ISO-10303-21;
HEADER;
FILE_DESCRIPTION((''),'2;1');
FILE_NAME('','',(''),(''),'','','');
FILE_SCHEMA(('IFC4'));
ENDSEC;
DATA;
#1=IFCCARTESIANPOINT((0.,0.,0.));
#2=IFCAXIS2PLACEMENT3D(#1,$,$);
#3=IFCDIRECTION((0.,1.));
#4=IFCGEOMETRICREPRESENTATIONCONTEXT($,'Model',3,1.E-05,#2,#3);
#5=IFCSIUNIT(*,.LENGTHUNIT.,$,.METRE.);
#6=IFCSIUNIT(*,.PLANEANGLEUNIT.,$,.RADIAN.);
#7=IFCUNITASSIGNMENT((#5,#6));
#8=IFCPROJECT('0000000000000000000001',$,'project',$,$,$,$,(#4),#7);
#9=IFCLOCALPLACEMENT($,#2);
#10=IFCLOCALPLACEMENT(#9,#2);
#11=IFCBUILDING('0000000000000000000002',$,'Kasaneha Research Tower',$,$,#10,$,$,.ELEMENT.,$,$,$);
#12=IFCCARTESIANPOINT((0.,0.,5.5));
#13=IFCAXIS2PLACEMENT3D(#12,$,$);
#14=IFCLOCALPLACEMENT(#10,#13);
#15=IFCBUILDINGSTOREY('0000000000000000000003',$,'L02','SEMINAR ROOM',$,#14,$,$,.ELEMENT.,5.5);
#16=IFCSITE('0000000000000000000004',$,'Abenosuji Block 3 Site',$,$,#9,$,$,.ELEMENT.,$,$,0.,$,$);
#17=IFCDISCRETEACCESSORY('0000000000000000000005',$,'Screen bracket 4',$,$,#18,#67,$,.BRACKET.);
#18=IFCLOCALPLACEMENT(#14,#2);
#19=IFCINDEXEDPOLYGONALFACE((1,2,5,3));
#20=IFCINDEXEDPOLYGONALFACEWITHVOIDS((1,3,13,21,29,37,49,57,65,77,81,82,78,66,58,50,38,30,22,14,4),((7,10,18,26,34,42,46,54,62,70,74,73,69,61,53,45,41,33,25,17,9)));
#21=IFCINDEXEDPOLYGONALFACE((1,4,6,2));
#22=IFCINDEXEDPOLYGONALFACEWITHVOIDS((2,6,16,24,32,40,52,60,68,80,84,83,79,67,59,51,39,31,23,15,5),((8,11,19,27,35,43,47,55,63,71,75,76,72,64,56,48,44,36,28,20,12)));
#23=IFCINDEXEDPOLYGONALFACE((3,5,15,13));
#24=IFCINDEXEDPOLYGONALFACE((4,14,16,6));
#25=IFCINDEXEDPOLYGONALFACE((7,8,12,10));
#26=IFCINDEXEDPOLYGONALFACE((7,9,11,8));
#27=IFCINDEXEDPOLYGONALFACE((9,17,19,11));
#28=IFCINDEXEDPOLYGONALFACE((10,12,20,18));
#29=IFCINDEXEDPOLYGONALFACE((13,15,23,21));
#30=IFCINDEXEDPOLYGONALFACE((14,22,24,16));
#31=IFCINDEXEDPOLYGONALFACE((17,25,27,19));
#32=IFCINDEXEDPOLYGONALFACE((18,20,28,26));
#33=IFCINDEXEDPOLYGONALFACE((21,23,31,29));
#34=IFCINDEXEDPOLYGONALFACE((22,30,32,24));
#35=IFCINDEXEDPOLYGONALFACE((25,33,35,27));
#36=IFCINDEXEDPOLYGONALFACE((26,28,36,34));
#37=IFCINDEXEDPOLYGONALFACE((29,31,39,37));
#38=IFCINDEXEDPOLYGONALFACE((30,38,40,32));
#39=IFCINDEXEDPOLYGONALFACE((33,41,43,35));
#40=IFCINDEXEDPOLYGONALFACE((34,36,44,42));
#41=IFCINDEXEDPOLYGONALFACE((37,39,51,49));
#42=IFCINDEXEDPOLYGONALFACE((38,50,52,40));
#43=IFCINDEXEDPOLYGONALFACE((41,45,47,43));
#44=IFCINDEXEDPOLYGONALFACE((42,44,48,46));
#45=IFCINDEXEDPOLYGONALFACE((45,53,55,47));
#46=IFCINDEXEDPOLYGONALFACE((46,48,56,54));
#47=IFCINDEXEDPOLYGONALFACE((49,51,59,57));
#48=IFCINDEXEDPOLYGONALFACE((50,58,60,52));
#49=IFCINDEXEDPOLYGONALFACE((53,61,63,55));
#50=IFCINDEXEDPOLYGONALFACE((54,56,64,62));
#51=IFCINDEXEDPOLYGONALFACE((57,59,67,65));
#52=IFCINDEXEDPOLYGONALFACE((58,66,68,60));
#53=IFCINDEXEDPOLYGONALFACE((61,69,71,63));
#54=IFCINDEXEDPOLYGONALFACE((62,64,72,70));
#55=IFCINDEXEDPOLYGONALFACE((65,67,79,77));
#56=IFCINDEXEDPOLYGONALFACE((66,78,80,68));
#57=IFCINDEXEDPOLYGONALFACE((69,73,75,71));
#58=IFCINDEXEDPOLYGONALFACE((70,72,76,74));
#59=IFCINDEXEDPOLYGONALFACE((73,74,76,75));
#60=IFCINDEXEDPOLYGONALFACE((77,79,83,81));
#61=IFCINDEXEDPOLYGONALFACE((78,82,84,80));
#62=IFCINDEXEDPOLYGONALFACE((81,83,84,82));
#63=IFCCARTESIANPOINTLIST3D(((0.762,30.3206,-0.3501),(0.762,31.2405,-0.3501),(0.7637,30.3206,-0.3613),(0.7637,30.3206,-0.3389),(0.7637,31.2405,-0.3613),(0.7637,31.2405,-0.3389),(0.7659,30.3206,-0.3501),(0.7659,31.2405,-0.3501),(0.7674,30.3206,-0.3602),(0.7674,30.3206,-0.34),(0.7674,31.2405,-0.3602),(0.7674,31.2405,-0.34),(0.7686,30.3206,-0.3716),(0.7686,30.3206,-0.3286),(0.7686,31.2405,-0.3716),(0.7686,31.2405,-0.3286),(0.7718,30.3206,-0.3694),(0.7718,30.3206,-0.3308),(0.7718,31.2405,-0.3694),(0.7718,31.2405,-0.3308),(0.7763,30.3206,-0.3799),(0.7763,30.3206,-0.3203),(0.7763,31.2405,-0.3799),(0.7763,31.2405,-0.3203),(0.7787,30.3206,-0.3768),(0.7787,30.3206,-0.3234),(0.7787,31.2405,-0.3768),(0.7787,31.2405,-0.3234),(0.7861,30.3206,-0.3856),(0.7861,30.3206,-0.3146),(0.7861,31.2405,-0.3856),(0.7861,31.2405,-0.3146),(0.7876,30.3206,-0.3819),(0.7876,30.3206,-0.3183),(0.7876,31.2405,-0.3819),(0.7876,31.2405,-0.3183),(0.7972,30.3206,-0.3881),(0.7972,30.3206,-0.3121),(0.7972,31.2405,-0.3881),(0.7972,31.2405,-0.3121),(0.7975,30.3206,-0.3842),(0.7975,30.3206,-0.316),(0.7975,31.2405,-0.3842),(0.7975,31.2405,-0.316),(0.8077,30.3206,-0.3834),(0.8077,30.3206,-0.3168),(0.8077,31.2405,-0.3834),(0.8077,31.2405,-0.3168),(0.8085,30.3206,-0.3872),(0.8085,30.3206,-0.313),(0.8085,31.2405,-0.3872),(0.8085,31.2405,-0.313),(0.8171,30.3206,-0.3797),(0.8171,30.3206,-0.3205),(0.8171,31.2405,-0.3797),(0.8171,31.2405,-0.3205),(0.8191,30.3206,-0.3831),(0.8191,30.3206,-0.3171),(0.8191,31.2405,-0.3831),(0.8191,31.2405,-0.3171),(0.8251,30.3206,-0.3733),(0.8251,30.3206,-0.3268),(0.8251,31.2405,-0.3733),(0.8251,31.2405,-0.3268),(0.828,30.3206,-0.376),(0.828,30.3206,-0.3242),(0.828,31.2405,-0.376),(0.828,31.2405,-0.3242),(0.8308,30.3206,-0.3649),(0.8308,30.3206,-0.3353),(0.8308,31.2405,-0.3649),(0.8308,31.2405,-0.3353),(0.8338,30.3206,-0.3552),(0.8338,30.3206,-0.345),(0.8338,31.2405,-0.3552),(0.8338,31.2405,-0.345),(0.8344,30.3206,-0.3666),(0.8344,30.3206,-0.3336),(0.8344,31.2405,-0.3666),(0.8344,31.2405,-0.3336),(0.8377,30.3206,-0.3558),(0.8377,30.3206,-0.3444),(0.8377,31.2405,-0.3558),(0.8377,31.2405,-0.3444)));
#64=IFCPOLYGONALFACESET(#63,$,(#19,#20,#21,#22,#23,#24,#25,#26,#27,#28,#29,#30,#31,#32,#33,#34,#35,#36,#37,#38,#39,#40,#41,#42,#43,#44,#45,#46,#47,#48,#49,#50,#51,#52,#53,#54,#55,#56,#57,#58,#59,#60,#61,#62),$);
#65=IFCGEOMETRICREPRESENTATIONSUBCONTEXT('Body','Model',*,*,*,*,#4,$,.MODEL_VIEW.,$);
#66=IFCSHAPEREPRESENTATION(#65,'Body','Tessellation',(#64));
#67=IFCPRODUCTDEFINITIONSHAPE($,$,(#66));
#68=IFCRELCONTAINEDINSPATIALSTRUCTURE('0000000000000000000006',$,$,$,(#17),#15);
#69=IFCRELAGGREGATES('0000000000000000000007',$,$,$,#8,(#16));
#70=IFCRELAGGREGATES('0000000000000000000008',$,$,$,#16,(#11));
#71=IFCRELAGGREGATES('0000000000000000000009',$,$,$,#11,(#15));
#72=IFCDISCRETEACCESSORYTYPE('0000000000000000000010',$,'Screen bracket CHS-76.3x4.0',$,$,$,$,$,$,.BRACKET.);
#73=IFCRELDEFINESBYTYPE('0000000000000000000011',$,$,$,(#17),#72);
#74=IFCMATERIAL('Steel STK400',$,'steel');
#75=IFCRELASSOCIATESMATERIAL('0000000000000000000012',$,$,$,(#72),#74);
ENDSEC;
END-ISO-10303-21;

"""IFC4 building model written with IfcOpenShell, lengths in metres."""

from ifc_helpers import new_model, si_unit, direction, frame, origin, origin_2d, place, context, subcontext, project, spatial, hollow_circle, extrude, material, material_profile, profile_set, type_object, element, save


model = new_model("IFC4")

# Units and contexts
model_context = context("Model", 3, precision=1e-05, world=origin(), true_north=direction((0.0, 1.0)))
body_context = subcontext(model_context, "Body", "Model", "MODEL_VIEW")
ifc_project = project(units=[si_unit("LENGTHUNIT", "METRE"), si_unit("PLANEANGLEUNIT", "RADIAN")], contexts=[model_context])

# Site, building, storey
site_placement = place(None, origin())
site = spatial("IfcSite", under=ifc_project, at=site_placement, Name="Abenosuji Block 3 Site", CompositionType="ELEMENT", RefElevation=0.0)
building_placement = place(site_placement, origin())
building = spatial("IfcBuilding", under=site, at=building_placement, Name="Kasaneha Research Tower", CompositionType="ELEMENT")
storey_placement = place(building_placement, frame((0.0, 0.0, 5.5)))
storey = spatial("IfcBuildingStorey", under=building, at=storey_placement, Name="L02", Description="SEMINAR ROOM", CompositionType="ELEMENT", Elevation=5.5)

# Discrete accessory
ifc_material_1 = material(Name="Steel STK400", Category="steel")
ifc_material_profile_1 = material_profile(ifc_material_1, hollow_circle(Radius=0.0381, WallThickness=0.0039, at=origin_2d()), Name="CHS-76.3x4.0")
ifc_profile_set_1 = profile_set([ifc_material_profile_1], Name="Steel STK400")
discrete_accessory_type = type_object("IfcDiscreteAccessoryType", Name="Screen bracket CHS-76.3x4.0", PredefinedType="BRACKET", material=ifc_profile_set_1)
for number, where, z_axis, x_axis, name in (
    (1, (0.8, 30.3206, -0.3501), (0.0, 1.0, 0.0), (-1.0, 0.0, 0.0), "Screen bracket 4"),
):
    element("IfcDiscreteAccessory", number, at=place(storey_placement, frame(where, z_axis=z_axis, x_axis=x_axis)), inside=storey, type_object=discrete_accessory_type, Name=name, PredefinedType="BRACKET", context=body_context, shape_type="SweptSolid", body=[
        extrude(hollow_circle(Radius=0.0381, WallThickness=0.0039, at=origin_2d()), origin(), (0.0, 0.0, 1.0), 0.9199),
    ])

save(model, "model.ifc")
